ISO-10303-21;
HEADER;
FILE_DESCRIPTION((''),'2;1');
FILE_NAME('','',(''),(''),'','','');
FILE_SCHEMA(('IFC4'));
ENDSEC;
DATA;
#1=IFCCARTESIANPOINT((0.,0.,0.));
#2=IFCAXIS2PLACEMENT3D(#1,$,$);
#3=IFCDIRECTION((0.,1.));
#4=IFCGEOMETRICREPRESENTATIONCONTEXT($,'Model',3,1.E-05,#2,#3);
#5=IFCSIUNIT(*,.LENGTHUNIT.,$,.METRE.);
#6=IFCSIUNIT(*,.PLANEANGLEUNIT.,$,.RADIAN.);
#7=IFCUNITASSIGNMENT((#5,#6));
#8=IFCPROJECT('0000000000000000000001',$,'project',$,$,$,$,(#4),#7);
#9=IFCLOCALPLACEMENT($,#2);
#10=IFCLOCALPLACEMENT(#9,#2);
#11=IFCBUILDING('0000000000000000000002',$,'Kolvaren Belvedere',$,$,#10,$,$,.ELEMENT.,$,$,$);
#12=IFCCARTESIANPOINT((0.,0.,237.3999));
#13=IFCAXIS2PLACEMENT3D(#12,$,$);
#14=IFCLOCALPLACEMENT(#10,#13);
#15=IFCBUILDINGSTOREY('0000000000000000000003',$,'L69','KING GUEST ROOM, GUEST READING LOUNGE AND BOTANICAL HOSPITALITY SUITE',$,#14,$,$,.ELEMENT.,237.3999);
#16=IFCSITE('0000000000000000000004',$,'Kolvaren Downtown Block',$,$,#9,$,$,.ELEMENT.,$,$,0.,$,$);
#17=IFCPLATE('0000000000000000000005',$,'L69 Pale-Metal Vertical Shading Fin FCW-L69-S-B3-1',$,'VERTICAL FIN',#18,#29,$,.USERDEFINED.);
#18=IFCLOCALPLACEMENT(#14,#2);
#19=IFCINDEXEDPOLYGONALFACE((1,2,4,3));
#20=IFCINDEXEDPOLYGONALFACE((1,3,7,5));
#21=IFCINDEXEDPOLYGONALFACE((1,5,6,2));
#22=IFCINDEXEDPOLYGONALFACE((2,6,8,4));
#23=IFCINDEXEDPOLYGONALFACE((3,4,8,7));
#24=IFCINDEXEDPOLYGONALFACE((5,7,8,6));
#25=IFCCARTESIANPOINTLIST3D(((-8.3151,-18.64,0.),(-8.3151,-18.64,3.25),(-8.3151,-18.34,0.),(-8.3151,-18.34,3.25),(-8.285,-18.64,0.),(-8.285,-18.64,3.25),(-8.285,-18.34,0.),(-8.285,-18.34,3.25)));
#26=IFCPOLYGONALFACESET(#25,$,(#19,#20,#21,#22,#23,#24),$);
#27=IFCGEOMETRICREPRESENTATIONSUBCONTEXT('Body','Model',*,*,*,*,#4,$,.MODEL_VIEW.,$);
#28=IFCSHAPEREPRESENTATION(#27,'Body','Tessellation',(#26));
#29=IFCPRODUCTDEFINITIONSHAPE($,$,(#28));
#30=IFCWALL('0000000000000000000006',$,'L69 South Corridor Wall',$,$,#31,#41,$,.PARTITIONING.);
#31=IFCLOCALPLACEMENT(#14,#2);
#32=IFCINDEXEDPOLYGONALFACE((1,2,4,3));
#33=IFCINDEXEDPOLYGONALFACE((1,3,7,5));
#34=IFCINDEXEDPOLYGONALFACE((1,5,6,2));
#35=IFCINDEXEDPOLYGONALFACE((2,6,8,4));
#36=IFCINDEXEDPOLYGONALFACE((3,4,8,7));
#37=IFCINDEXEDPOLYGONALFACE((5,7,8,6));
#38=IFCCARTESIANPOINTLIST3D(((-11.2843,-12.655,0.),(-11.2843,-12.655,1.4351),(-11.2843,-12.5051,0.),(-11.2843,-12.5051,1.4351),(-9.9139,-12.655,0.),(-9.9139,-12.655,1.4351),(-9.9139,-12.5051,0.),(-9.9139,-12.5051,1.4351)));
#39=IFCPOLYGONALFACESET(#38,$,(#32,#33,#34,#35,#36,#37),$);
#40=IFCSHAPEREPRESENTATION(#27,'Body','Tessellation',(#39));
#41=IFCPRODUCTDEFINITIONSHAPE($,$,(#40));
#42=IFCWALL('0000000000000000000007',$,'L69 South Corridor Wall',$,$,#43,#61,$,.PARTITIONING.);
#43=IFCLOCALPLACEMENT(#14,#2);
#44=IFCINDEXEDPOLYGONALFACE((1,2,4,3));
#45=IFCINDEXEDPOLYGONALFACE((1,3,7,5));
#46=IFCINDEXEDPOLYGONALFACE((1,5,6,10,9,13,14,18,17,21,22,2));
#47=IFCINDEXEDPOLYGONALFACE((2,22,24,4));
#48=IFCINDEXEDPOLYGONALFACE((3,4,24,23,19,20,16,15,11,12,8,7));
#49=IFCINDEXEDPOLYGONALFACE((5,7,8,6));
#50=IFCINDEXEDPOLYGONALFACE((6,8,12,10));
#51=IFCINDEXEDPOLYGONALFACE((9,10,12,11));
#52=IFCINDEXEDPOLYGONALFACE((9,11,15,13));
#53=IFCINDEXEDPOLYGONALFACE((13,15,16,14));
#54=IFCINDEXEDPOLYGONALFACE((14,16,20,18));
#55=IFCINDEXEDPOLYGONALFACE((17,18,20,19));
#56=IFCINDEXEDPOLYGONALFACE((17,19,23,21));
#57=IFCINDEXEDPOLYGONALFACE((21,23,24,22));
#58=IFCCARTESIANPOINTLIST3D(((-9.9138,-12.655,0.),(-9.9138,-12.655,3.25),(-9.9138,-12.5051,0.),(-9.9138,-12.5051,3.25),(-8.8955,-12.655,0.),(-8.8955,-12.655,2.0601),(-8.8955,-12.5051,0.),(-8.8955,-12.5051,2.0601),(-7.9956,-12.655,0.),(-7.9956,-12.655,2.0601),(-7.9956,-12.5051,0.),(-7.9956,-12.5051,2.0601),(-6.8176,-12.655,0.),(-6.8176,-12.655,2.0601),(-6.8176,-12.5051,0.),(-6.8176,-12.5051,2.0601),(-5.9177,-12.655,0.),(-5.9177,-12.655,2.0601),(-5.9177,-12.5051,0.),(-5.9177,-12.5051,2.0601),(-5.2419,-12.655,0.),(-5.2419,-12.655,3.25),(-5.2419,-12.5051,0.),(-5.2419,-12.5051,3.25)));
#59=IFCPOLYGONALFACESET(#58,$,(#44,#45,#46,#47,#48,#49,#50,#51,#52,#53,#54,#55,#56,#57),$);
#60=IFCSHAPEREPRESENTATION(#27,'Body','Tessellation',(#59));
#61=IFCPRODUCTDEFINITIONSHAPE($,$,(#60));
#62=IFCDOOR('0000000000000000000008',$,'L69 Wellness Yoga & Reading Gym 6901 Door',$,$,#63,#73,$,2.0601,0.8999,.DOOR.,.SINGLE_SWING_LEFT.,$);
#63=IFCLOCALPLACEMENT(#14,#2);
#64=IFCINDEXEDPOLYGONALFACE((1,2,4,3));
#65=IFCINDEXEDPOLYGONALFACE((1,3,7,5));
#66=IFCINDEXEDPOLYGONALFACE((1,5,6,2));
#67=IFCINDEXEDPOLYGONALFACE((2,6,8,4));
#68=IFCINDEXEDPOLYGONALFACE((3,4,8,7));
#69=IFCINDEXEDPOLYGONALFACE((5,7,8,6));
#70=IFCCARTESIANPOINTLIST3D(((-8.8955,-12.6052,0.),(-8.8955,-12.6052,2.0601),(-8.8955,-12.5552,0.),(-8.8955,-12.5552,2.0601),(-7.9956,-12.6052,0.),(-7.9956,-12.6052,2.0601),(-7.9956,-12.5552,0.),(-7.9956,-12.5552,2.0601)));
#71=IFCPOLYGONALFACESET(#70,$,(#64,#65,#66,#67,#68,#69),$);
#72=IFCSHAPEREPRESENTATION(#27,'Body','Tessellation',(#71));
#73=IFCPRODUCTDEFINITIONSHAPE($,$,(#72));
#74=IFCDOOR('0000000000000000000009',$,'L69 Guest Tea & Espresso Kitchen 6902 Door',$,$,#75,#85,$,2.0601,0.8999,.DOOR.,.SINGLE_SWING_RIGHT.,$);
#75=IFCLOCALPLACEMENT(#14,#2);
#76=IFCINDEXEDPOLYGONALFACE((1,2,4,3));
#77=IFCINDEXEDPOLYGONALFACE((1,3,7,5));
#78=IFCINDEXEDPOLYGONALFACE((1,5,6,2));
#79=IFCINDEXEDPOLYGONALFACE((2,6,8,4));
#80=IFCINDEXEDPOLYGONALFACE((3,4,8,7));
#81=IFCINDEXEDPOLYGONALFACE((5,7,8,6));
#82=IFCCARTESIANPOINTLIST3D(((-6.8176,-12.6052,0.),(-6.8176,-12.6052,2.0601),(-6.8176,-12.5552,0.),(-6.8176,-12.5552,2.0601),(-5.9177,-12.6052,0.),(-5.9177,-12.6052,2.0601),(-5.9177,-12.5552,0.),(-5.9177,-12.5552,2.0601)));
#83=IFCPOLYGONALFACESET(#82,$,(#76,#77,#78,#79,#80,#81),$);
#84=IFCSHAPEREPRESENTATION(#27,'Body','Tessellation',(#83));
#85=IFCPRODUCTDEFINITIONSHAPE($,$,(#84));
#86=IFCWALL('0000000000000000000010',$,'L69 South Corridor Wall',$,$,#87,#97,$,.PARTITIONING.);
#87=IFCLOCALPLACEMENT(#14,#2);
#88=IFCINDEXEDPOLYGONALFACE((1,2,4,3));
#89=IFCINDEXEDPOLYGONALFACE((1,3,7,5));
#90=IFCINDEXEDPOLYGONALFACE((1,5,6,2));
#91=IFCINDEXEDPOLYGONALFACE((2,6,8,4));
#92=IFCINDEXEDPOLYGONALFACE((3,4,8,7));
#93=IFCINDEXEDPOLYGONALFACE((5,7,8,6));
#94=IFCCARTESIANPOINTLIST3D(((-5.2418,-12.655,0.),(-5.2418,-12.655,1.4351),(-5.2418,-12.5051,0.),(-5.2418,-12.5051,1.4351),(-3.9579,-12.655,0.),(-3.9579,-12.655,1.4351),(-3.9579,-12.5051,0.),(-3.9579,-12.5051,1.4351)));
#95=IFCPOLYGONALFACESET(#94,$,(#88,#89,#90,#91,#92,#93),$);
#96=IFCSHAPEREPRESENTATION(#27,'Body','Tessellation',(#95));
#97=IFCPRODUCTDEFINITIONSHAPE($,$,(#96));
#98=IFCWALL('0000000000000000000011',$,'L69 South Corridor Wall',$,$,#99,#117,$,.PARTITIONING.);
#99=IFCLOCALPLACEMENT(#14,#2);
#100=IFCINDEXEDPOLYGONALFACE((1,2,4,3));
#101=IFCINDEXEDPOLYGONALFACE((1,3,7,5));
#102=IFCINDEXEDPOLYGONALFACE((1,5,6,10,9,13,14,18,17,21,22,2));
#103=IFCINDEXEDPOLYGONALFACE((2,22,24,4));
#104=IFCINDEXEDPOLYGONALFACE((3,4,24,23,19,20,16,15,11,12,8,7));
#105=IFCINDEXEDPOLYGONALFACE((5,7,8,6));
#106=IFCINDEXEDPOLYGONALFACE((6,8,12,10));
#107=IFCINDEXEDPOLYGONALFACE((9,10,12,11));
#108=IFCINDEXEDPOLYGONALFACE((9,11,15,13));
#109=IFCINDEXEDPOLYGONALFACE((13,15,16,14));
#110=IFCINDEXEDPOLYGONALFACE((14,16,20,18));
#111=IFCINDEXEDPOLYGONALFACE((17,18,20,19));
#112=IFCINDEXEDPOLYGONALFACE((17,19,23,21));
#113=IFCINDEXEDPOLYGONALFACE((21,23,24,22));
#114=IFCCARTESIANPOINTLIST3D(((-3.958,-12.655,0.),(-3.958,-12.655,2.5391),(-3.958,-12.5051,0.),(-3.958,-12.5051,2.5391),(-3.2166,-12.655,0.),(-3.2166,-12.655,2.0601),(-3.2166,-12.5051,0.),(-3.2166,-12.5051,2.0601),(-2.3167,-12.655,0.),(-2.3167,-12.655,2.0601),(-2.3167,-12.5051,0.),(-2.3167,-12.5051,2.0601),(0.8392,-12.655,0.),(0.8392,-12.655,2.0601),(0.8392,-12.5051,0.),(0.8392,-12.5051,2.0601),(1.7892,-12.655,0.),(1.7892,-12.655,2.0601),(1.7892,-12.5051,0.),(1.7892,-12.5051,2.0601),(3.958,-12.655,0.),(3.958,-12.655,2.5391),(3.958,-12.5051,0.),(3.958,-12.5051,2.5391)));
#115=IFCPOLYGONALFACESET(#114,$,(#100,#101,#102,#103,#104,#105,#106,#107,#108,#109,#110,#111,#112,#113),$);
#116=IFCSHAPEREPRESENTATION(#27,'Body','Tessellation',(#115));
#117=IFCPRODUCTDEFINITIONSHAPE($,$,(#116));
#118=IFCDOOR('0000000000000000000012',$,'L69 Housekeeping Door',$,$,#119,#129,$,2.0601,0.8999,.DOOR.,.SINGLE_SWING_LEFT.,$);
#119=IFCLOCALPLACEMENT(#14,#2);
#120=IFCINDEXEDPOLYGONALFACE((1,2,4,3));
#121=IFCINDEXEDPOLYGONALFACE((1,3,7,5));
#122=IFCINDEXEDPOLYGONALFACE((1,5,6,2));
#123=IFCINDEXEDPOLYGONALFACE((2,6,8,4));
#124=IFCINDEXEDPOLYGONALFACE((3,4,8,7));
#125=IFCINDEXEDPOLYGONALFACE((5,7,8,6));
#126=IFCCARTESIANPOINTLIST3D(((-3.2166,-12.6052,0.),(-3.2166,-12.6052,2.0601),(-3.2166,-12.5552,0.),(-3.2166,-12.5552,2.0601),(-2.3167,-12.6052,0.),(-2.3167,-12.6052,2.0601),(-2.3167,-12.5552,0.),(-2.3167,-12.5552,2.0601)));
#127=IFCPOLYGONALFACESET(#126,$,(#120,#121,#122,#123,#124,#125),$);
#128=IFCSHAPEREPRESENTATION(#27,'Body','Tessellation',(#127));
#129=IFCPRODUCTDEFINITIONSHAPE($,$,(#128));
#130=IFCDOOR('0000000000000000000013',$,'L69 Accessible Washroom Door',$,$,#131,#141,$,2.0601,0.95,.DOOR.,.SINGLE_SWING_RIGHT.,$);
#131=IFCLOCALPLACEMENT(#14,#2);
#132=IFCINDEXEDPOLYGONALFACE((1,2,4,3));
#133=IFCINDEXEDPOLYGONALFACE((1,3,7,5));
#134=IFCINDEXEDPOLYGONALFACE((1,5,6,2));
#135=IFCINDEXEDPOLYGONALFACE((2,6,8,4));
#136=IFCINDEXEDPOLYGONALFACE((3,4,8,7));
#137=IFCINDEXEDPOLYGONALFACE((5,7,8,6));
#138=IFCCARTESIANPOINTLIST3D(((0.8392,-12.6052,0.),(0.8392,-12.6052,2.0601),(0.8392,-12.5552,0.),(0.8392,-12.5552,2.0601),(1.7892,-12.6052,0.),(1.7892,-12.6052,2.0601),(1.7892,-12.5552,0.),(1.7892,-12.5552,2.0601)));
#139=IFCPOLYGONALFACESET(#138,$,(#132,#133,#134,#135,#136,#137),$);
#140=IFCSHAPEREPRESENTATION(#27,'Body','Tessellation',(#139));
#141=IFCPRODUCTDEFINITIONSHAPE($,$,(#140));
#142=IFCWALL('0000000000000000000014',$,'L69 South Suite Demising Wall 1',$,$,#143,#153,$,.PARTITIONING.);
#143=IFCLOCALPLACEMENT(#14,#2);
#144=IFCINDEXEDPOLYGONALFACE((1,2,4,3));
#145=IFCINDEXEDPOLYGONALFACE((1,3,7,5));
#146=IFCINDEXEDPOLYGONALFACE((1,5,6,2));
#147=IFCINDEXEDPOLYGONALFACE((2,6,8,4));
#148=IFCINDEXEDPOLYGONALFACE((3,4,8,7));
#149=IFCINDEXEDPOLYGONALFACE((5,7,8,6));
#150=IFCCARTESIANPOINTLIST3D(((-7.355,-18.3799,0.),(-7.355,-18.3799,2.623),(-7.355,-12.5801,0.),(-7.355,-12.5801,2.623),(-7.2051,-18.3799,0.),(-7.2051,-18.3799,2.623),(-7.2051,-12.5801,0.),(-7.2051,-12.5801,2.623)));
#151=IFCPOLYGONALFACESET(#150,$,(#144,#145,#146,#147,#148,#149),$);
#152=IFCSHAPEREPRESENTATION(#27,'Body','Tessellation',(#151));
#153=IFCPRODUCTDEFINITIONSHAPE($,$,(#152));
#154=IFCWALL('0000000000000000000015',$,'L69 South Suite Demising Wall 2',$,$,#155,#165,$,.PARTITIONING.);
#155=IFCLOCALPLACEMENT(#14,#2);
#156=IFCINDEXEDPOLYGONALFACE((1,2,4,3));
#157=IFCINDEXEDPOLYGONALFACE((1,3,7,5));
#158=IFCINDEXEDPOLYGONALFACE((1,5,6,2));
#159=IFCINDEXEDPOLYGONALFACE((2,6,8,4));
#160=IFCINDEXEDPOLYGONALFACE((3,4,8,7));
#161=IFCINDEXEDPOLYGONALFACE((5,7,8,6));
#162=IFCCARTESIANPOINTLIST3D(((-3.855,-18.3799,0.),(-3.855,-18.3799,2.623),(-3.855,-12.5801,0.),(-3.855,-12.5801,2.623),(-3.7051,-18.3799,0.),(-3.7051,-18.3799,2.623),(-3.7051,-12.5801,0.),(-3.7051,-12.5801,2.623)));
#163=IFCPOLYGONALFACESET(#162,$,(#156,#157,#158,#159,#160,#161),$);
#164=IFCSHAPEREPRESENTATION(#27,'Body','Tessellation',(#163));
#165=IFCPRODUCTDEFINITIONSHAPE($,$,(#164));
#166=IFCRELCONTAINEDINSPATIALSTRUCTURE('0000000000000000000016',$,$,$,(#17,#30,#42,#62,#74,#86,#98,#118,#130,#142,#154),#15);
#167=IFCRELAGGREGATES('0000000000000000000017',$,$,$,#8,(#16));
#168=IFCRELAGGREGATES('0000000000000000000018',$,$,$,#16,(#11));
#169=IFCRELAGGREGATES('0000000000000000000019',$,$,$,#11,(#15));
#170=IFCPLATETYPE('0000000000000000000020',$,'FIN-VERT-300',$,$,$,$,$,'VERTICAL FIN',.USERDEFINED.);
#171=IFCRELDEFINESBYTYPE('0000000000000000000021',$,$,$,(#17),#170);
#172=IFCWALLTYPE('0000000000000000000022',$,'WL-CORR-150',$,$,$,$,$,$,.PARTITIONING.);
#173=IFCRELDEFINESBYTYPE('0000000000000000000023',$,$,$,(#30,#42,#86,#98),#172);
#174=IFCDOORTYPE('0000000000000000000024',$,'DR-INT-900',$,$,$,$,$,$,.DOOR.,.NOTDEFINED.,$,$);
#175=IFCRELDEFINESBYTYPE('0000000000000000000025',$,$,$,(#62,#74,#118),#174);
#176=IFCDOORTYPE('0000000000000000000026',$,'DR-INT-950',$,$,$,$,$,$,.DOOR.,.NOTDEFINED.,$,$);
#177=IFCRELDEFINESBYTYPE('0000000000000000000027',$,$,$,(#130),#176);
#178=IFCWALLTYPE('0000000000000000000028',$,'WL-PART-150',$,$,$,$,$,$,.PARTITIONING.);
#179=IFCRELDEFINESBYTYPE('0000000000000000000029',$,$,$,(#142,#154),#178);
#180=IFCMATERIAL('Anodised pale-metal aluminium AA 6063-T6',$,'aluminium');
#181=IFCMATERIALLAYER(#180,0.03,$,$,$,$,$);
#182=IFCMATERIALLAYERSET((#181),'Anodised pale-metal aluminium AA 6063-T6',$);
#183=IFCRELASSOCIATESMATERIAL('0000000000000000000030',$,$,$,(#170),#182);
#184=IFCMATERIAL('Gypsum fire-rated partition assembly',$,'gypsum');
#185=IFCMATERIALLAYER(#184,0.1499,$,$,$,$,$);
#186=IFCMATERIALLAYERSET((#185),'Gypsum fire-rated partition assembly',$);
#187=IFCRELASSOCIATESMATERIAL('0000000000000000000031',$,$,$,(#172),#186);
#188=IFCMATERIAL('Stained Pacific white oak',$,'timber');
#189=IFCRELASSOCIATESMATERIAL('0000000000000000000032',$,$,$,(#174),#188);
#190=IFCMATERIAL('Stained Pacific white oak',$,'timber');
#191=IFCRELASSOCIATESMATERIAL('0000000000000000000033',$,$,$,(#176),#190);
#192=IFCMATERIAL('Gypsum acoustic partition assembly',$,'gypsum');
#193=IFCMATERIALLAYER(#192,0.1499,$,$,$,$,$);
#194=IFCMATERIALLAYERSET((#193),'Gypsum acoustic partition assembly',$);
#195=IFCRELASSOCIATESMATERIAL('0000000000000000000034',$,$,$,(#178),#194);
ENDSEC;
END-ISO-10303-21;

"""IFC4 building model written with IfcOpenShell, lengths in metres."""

from ifc_helpers import new_model, si_unit, direction, frame, frame_2d, origin, origin_2d, place, context, subcontext, project, spatial, rectangle, extrude, material, layer, layer_set, type_object, element, fill, save


model = new_model("IFC4")

# Units and contexts
model_context = context("Model", 3, precision=1e-05, world=origin(), true_north=direction((0.0, 1.0)))
body_context = subcontext(model_context, "Body", "Model", "MODEL_VIEW")
ifc_project = project(units=[si_unit("LENGTHUNIT", "METRE"), si_unit("PLANEANGLEUNIT", "RADIAN")], contexts=[model_context])

# Site, building, storey
site_placement = place(None, origin())
site = spatial("IfcSite", under=ifc_project, at=site_placement, Name="Kolvaren Downtown Block", CompositionType="ELEMENT", RefElevation=0.0)
building_placement = place(site_placement, origin())
building = spatial("IfcBuilding", under=site, at=building_placement, Name="Kolvaren Belvedere", CompositionType="ELEMENT")
storey_placement = place(building_placement, frame((0.0, 0.0, 237.3999)))
storey = spatial("IfcBuildingStorey", under=building, at=storey_placement, Name="L69", Description="KING GUEST ROOM, GUEST READING LOUNGE AND BOTANICAL HOSPITALITY SUITE", CompositionType="ELEMENT", Elevation=237.3999)

# Plate
ifc_material_1 = material(Name="Anodised pale-metal aluminium AA 6063-T6", Category="aluminium")
ifc_layer_1 = layer(ifc_material_1, 0.03)
ifc_layer_set_1 = layer_set([ifc_layer_1], Name="Anodised pale-metal aluminium AA 6063-T6")
plate_type_1 = type_object("IfcPlateType", Name="FIN-VERT-300", ElementType="VERTICAL FIN", PredefinedType="USERDEFINED", material=ifc_layer_set_1)
plate_1_placement = place(storey_placement, frame((-8.3, -18.49, 0.0), z_axis=(0.0, 0.0, 1.0), x_axis=(0.0, 1.0, 0.0)))
element("IfcPlate", 1, at=plate_1_placement, inside=storey, type_object=plate_type_1, Name="L69 Pale-Metal Vertical Shading Fin FCW-L69-S-B3-1", ObjectType="VERTICAL FIN", PredefinedType="USERDEFINED", context=body_context, shape_type="SweptSolid", body=[
    extrude(rectangle(XDim=0.3, YDim=0.03, at=origin_2d()), origin(), (0.0, 0.0, 1.0), 3.25),
])

# Wall
ifc_material_2 = material(Name="Gypsum fire-rated partition assembly", Category="gypsum")
ifc_layer_2 = layer(ifc_material_2, 0.1499)
ifc_layer_set_2 = layer_set([ifc_layer_2], Name="Gypsum fire-rated partition assembly")
wall_type_1 = type_object("IfcWallType", Name="WL-CORR-150", PredefinedType="PARTITIONING", material=ifc_layer_set_2)
wall_1_placement = place(storey_placement, frame((-11.2842, -12.5801, 0.0), z_axis=(0.0, 0.0, 1.0), x_axis=(1.0, 0.0, 0.0)))
element("IfcWall", 2, at=wall_1_placement, inside=storey, type_object=wall_type_1, Name="L69 South Corridor Wall", PredefinedType="PARTITIONING", context=body_context, shape_type="SweptSolid", body=[
    extrude(rectangle(XDim=1.3704, YDim=0.1499, at=frame_2d((0.6851, 0.0))), origin(), (0.0, 0.0, 1.0), 1.4351),
])

# Wall, openings, doors
wall_2_placement = place(storey_placement, frame((-9.9138, -12.5801, 0.0), z_axis=(0.0, 0.0, 1.0), x_axis=(1.0, 0.0, 0.0)))
wall_2 = element("IfcWall", 3, at=wall_2_placement, inside=storey, type_object=wall_type_1, Name="L69 South Corridor Wall", PredefinedType="PARTITIONING", context=body_context, shape_type="SweptSolid", body=[
    extrude(rectangle(XDim=4.6719, YDim=0.1499, at=frame_2d((2.3359, 0.0))), origin(), (0.0, 0.0, 1.0), 3.25),
])
opening_1_placement = place(wall_2_placement, frame((1.0183, 0.0, 0.0)))
opening_1 = element("IfcOpeningElement", 4, at=opening_1_placement, cuts=wall_2, PredefinedType="OPENING", context=body_context, shape_type="SweptSolid", body=[
    extrude(rectangle(XDim=0.8999, YDim=2.0601, at=frame_2d((0.45, 1.03))), frame((0.0, 0.085, 0.0), z_axis=(0.0, -1.0, 0.0), x_axis=(1.0, 0.0, 0.0)), (0.0, 0.0, 1.0), 0.1699),
])
opening_2_placement = place(wall_2_placement, frame((3.0962, 0.0, 0.0)))
opening_2 = element("IfcOpeningElement", 5, at=opening_2_placement, cuts=wall_2, PredefinedType="OPENING", context=body_context, shape_type="SweptSolid", body=[
    extrude(rectangle(XDim=0.8999, YDim=2.0601, at=frame_2d((0.45, 1.03))), frame((0.0, 0.085, 0.0), z_axis=(0.0, -1.0, 0.0), x_axis=(1.0, 0.0, 0.0)), (0.0, 0.0, 1.0), 0.1699),
])
ifc_material_3 = material(Name="Stained Pacific white oak", Category="timber")
door_type_1 = type_object("IfcDoorType", Name="DR-INT-900", OperationType="NOTDEFINED", PredefinedType="DOOR", material=ifc_material_3)
door_1_placement = place(opening_1_placement, origin())
door_1 = element("IfcDoor", 6, at=door_1_placement, inside=storey, type_object=door_type_1, Name="L69 Wellness Yoga & Reading Gym 6901 Door", OperationType="SINGLE_SWING_LEFT", OverallHeight=2.0601, OverallWidth=0.8999, PredefinedType="DOOR", context=body_context, shape_type="SweptSolid", body=[
    extrude(rectangle(XDim=0.8999, YDim=2.0601, at=frame_2d((0.45, 1.03))), frame((0.0, 0.0249, 0.0), z_axis=(0.0, -1.0, 0.0), x_axis=(1.0, 0.0, 0.0)), (0.0, 0.0, 1.0), 0.05),
])
fill(opening_1, door_1)
door_2_placement = place(opening_2_placement, origin())
door_2 = element("IfcDoor", 7, at=door_2_placement, inside=storey, type_object=door_type_1, Name="L69 Guest Tea & Espresso Kitchen 6902 Door", OperationType="SINGLE_SWING_RIGHT", OverallHeight=2.0601, OverallWidth=0.8999, PredefinedType="DOOR", context=body_context, shape_type="SweptSolid", body=[
    extrude(rectangle(XDim=0.8999, YDim=2.0601, at=frame_2d((0.45, 1.03))), frame((0.0, 0.0249, 0.0), z_axis=(0.0, -1.0, 0.0), x_axis=(1.0, 0.0, 0.0)), (0.0, 0.0, 1.0), 0.05),
])
fill(opening_2, door_2)

# Wall
wall_3_placement = place(storey_placement, frame((-5.2419, -12.5801, 0.0), z_axis=(0.0, 0.0, 1.0), x_axis=(1.0, 0.0, 0.0)))
element("IfcWall", 8, at=wall_3_placement, inside=storey, type_object=wall_type_1, Name="L69 South Corridor Wall", PredefinedType="PARTITIONING", context=body_context, shape_type="SweptSolid", body=[
    extrude(rectangle(XDim=1.2839, YDim=0.1499, at=frame_2d((0.6421, 0.0))), origin(), (0.0, 0.0, 1.0), 1.4351),
])

# Wall, openings, doors
wall_4_placement = place(storey_placement, frame((-3.958, -12.5801, 0.0), z_axis=(0.0, 0.0, 1.0), x_axis=(1.0, 0.0, 0.0)))
wall_4 = element("IfcWall", 9, at=wall_4_placement, inside=storey, type_object=wall_type_1, Name="L69 South Corridor Wall", PredefinedType="PARTITIONING", context=body_context, shape_type="SweptSolid", body=[
    extrude(rectangle(XDim=7.916, YDim=0.1499, at=frame_2d((3.958, 0.0))), origin(), (0.0, 0.0, 1.0), 2.5391),
])
opening_3_placement = place(wall_4_placement, frame((0.7415, 0.0, 0.0)))
opening_3 = element("IfcOpeningElement", 10, at=opening_3_placement, cuts=wall_4, PredefinedType="OPENING", context=body_context, shape_type="SweptSolid", body=[
    extrude(rectangle(XDim=0.8999, YDim=2.0601, at=frame_2d((0.45, 1.03))), frame((0.0, 0.085, 0.0), z_axis=(0.0, -1.0, 0.0), x_axis=(1.0, 0.0, 0.0)), (0.0, 0.0, 1.0), 0.1699),
])
opening_4_placement = place(wall_4_placement, frame((4.7971, 0.0, 0.0)))
opening_4 = element("IfcOpeningElement", 11, at=opening_4_placement, cuts=wall_4, PredefinedType="OPENING", context=body_context, shape_type="SweptSolid", body=[
    extrude(rectangle(XDim=0.95, YDim=2.0601, at=frame_2d((0.4751, 1.03))), frame((0.0, 0.085, 0.0), z_axis=(0.0, -1.0, 0.0), x_axis=(1.0, 0.0, 0.0)), (0.0, 0.0, 1.0), 0.1699),
])
door_3_placement = place(opening_3_placement, origin())
door_3 = element("IfcDoor", 12, at=door_3_placement, inside=storey, type_object=door_type_1, Name="L69 Housekeeping Door", OperationType="SINGLE_SWING_LEFT", OverallHeight=2.0601, OverallWidth=0.8999, PredefinedType="DOOR", context=body_context, shape_type="SweptSolid", body=[
    extrude(rectangle(XDim=0.8999, YDim=2.0601, at=frame_2d((0.45, 1.03))), frame((0.0, 0.0249, 0.0), z_axis=(0.0, -1.0, 0.0), x_axis=(1.0, 0.0, 0.0)), (0.0, 0.0, 1.0), 0.05),
])
fill(opening_3, door_3)
ifc_material_4 = material(Name="Stained Pacific white oak", Category="timber")
door_type_2 = type_object("IfcDoorType", Name="DR-INT-950", OperationType="NOTDEFINED", PredefinedType="DOOR", material=ifc_material_4)
door_4_placement = place(opening_4_placement, origin())
door_4 = element("IfcDoor", 13, at=door_4_placement, inside=storey, type_object=door_type_2, Name="L69 Accessible Washroom Door", OperationType="SINGLE_SWING_RIGHT", OverallHeight=2.0601, OverallWidth=0.95, PredefinedType="DOOR", context=body_context, shape_type="SweptSolid", body=[
    extrude(rectangle(XDim=0.95, YDim=2.0601, at=frame_2d((0.4751, 1.03))), frame((0.0, 0.0249, 0.0), z_axis=(0.0, -1.0, 0.0), x_axis=(1.0, 0.0, 0.0)), (0.0, 0.0, 1.0), 0.05),
])
fill(opening_4, door_4)

# Walls
ifc_material_5 = material(Name="Gypsum acoustic partition assembly", Category="gypsum")
ifc_layer_3 = layer(ifc_material_5, 0.1499)
ifc_layer_set_3 = layer_set([ifc_layer_3], Name="Gypsum acoustic partition assembly")
wall_type_2 = type_object("IfcWallType", Name="WL-PART-150", PredefinedType="PARTITIONING", material=ifc_layer_set_3)
for number, where, z_axis, x_axis, name in (
    (14, (-7.28, -18.3799, 0.0), (0.0, 0.0, 1.0), (0.0, 1.0, 0.0), "L69 South Suite Demising Wall 1"),
    (15, (-3.78, -18.3799, 0.0), (0.0, 0.0, 1.0), (0.0, 1.0, 0.0), "L69 South Suite Demising Wall 2"),
):
    element("IfcWall", number, at=place(storey_placement, frame(where, z_axis=z_axis, x_axis=x_axis)), inside=storey, type_object=wall_type_2, Name=name, PredefinedType="PARTITIONING", context=body_context, shape_type="SweptSolid", body=[
        extrude(rectangle(XDim=5.7998, YDim=0.1499, at=frame_2d((2.8999, 0.0))), origin(), (0.0, 0.0, 1.0), 2.623),
    ])

save(model, "model.ifc")
